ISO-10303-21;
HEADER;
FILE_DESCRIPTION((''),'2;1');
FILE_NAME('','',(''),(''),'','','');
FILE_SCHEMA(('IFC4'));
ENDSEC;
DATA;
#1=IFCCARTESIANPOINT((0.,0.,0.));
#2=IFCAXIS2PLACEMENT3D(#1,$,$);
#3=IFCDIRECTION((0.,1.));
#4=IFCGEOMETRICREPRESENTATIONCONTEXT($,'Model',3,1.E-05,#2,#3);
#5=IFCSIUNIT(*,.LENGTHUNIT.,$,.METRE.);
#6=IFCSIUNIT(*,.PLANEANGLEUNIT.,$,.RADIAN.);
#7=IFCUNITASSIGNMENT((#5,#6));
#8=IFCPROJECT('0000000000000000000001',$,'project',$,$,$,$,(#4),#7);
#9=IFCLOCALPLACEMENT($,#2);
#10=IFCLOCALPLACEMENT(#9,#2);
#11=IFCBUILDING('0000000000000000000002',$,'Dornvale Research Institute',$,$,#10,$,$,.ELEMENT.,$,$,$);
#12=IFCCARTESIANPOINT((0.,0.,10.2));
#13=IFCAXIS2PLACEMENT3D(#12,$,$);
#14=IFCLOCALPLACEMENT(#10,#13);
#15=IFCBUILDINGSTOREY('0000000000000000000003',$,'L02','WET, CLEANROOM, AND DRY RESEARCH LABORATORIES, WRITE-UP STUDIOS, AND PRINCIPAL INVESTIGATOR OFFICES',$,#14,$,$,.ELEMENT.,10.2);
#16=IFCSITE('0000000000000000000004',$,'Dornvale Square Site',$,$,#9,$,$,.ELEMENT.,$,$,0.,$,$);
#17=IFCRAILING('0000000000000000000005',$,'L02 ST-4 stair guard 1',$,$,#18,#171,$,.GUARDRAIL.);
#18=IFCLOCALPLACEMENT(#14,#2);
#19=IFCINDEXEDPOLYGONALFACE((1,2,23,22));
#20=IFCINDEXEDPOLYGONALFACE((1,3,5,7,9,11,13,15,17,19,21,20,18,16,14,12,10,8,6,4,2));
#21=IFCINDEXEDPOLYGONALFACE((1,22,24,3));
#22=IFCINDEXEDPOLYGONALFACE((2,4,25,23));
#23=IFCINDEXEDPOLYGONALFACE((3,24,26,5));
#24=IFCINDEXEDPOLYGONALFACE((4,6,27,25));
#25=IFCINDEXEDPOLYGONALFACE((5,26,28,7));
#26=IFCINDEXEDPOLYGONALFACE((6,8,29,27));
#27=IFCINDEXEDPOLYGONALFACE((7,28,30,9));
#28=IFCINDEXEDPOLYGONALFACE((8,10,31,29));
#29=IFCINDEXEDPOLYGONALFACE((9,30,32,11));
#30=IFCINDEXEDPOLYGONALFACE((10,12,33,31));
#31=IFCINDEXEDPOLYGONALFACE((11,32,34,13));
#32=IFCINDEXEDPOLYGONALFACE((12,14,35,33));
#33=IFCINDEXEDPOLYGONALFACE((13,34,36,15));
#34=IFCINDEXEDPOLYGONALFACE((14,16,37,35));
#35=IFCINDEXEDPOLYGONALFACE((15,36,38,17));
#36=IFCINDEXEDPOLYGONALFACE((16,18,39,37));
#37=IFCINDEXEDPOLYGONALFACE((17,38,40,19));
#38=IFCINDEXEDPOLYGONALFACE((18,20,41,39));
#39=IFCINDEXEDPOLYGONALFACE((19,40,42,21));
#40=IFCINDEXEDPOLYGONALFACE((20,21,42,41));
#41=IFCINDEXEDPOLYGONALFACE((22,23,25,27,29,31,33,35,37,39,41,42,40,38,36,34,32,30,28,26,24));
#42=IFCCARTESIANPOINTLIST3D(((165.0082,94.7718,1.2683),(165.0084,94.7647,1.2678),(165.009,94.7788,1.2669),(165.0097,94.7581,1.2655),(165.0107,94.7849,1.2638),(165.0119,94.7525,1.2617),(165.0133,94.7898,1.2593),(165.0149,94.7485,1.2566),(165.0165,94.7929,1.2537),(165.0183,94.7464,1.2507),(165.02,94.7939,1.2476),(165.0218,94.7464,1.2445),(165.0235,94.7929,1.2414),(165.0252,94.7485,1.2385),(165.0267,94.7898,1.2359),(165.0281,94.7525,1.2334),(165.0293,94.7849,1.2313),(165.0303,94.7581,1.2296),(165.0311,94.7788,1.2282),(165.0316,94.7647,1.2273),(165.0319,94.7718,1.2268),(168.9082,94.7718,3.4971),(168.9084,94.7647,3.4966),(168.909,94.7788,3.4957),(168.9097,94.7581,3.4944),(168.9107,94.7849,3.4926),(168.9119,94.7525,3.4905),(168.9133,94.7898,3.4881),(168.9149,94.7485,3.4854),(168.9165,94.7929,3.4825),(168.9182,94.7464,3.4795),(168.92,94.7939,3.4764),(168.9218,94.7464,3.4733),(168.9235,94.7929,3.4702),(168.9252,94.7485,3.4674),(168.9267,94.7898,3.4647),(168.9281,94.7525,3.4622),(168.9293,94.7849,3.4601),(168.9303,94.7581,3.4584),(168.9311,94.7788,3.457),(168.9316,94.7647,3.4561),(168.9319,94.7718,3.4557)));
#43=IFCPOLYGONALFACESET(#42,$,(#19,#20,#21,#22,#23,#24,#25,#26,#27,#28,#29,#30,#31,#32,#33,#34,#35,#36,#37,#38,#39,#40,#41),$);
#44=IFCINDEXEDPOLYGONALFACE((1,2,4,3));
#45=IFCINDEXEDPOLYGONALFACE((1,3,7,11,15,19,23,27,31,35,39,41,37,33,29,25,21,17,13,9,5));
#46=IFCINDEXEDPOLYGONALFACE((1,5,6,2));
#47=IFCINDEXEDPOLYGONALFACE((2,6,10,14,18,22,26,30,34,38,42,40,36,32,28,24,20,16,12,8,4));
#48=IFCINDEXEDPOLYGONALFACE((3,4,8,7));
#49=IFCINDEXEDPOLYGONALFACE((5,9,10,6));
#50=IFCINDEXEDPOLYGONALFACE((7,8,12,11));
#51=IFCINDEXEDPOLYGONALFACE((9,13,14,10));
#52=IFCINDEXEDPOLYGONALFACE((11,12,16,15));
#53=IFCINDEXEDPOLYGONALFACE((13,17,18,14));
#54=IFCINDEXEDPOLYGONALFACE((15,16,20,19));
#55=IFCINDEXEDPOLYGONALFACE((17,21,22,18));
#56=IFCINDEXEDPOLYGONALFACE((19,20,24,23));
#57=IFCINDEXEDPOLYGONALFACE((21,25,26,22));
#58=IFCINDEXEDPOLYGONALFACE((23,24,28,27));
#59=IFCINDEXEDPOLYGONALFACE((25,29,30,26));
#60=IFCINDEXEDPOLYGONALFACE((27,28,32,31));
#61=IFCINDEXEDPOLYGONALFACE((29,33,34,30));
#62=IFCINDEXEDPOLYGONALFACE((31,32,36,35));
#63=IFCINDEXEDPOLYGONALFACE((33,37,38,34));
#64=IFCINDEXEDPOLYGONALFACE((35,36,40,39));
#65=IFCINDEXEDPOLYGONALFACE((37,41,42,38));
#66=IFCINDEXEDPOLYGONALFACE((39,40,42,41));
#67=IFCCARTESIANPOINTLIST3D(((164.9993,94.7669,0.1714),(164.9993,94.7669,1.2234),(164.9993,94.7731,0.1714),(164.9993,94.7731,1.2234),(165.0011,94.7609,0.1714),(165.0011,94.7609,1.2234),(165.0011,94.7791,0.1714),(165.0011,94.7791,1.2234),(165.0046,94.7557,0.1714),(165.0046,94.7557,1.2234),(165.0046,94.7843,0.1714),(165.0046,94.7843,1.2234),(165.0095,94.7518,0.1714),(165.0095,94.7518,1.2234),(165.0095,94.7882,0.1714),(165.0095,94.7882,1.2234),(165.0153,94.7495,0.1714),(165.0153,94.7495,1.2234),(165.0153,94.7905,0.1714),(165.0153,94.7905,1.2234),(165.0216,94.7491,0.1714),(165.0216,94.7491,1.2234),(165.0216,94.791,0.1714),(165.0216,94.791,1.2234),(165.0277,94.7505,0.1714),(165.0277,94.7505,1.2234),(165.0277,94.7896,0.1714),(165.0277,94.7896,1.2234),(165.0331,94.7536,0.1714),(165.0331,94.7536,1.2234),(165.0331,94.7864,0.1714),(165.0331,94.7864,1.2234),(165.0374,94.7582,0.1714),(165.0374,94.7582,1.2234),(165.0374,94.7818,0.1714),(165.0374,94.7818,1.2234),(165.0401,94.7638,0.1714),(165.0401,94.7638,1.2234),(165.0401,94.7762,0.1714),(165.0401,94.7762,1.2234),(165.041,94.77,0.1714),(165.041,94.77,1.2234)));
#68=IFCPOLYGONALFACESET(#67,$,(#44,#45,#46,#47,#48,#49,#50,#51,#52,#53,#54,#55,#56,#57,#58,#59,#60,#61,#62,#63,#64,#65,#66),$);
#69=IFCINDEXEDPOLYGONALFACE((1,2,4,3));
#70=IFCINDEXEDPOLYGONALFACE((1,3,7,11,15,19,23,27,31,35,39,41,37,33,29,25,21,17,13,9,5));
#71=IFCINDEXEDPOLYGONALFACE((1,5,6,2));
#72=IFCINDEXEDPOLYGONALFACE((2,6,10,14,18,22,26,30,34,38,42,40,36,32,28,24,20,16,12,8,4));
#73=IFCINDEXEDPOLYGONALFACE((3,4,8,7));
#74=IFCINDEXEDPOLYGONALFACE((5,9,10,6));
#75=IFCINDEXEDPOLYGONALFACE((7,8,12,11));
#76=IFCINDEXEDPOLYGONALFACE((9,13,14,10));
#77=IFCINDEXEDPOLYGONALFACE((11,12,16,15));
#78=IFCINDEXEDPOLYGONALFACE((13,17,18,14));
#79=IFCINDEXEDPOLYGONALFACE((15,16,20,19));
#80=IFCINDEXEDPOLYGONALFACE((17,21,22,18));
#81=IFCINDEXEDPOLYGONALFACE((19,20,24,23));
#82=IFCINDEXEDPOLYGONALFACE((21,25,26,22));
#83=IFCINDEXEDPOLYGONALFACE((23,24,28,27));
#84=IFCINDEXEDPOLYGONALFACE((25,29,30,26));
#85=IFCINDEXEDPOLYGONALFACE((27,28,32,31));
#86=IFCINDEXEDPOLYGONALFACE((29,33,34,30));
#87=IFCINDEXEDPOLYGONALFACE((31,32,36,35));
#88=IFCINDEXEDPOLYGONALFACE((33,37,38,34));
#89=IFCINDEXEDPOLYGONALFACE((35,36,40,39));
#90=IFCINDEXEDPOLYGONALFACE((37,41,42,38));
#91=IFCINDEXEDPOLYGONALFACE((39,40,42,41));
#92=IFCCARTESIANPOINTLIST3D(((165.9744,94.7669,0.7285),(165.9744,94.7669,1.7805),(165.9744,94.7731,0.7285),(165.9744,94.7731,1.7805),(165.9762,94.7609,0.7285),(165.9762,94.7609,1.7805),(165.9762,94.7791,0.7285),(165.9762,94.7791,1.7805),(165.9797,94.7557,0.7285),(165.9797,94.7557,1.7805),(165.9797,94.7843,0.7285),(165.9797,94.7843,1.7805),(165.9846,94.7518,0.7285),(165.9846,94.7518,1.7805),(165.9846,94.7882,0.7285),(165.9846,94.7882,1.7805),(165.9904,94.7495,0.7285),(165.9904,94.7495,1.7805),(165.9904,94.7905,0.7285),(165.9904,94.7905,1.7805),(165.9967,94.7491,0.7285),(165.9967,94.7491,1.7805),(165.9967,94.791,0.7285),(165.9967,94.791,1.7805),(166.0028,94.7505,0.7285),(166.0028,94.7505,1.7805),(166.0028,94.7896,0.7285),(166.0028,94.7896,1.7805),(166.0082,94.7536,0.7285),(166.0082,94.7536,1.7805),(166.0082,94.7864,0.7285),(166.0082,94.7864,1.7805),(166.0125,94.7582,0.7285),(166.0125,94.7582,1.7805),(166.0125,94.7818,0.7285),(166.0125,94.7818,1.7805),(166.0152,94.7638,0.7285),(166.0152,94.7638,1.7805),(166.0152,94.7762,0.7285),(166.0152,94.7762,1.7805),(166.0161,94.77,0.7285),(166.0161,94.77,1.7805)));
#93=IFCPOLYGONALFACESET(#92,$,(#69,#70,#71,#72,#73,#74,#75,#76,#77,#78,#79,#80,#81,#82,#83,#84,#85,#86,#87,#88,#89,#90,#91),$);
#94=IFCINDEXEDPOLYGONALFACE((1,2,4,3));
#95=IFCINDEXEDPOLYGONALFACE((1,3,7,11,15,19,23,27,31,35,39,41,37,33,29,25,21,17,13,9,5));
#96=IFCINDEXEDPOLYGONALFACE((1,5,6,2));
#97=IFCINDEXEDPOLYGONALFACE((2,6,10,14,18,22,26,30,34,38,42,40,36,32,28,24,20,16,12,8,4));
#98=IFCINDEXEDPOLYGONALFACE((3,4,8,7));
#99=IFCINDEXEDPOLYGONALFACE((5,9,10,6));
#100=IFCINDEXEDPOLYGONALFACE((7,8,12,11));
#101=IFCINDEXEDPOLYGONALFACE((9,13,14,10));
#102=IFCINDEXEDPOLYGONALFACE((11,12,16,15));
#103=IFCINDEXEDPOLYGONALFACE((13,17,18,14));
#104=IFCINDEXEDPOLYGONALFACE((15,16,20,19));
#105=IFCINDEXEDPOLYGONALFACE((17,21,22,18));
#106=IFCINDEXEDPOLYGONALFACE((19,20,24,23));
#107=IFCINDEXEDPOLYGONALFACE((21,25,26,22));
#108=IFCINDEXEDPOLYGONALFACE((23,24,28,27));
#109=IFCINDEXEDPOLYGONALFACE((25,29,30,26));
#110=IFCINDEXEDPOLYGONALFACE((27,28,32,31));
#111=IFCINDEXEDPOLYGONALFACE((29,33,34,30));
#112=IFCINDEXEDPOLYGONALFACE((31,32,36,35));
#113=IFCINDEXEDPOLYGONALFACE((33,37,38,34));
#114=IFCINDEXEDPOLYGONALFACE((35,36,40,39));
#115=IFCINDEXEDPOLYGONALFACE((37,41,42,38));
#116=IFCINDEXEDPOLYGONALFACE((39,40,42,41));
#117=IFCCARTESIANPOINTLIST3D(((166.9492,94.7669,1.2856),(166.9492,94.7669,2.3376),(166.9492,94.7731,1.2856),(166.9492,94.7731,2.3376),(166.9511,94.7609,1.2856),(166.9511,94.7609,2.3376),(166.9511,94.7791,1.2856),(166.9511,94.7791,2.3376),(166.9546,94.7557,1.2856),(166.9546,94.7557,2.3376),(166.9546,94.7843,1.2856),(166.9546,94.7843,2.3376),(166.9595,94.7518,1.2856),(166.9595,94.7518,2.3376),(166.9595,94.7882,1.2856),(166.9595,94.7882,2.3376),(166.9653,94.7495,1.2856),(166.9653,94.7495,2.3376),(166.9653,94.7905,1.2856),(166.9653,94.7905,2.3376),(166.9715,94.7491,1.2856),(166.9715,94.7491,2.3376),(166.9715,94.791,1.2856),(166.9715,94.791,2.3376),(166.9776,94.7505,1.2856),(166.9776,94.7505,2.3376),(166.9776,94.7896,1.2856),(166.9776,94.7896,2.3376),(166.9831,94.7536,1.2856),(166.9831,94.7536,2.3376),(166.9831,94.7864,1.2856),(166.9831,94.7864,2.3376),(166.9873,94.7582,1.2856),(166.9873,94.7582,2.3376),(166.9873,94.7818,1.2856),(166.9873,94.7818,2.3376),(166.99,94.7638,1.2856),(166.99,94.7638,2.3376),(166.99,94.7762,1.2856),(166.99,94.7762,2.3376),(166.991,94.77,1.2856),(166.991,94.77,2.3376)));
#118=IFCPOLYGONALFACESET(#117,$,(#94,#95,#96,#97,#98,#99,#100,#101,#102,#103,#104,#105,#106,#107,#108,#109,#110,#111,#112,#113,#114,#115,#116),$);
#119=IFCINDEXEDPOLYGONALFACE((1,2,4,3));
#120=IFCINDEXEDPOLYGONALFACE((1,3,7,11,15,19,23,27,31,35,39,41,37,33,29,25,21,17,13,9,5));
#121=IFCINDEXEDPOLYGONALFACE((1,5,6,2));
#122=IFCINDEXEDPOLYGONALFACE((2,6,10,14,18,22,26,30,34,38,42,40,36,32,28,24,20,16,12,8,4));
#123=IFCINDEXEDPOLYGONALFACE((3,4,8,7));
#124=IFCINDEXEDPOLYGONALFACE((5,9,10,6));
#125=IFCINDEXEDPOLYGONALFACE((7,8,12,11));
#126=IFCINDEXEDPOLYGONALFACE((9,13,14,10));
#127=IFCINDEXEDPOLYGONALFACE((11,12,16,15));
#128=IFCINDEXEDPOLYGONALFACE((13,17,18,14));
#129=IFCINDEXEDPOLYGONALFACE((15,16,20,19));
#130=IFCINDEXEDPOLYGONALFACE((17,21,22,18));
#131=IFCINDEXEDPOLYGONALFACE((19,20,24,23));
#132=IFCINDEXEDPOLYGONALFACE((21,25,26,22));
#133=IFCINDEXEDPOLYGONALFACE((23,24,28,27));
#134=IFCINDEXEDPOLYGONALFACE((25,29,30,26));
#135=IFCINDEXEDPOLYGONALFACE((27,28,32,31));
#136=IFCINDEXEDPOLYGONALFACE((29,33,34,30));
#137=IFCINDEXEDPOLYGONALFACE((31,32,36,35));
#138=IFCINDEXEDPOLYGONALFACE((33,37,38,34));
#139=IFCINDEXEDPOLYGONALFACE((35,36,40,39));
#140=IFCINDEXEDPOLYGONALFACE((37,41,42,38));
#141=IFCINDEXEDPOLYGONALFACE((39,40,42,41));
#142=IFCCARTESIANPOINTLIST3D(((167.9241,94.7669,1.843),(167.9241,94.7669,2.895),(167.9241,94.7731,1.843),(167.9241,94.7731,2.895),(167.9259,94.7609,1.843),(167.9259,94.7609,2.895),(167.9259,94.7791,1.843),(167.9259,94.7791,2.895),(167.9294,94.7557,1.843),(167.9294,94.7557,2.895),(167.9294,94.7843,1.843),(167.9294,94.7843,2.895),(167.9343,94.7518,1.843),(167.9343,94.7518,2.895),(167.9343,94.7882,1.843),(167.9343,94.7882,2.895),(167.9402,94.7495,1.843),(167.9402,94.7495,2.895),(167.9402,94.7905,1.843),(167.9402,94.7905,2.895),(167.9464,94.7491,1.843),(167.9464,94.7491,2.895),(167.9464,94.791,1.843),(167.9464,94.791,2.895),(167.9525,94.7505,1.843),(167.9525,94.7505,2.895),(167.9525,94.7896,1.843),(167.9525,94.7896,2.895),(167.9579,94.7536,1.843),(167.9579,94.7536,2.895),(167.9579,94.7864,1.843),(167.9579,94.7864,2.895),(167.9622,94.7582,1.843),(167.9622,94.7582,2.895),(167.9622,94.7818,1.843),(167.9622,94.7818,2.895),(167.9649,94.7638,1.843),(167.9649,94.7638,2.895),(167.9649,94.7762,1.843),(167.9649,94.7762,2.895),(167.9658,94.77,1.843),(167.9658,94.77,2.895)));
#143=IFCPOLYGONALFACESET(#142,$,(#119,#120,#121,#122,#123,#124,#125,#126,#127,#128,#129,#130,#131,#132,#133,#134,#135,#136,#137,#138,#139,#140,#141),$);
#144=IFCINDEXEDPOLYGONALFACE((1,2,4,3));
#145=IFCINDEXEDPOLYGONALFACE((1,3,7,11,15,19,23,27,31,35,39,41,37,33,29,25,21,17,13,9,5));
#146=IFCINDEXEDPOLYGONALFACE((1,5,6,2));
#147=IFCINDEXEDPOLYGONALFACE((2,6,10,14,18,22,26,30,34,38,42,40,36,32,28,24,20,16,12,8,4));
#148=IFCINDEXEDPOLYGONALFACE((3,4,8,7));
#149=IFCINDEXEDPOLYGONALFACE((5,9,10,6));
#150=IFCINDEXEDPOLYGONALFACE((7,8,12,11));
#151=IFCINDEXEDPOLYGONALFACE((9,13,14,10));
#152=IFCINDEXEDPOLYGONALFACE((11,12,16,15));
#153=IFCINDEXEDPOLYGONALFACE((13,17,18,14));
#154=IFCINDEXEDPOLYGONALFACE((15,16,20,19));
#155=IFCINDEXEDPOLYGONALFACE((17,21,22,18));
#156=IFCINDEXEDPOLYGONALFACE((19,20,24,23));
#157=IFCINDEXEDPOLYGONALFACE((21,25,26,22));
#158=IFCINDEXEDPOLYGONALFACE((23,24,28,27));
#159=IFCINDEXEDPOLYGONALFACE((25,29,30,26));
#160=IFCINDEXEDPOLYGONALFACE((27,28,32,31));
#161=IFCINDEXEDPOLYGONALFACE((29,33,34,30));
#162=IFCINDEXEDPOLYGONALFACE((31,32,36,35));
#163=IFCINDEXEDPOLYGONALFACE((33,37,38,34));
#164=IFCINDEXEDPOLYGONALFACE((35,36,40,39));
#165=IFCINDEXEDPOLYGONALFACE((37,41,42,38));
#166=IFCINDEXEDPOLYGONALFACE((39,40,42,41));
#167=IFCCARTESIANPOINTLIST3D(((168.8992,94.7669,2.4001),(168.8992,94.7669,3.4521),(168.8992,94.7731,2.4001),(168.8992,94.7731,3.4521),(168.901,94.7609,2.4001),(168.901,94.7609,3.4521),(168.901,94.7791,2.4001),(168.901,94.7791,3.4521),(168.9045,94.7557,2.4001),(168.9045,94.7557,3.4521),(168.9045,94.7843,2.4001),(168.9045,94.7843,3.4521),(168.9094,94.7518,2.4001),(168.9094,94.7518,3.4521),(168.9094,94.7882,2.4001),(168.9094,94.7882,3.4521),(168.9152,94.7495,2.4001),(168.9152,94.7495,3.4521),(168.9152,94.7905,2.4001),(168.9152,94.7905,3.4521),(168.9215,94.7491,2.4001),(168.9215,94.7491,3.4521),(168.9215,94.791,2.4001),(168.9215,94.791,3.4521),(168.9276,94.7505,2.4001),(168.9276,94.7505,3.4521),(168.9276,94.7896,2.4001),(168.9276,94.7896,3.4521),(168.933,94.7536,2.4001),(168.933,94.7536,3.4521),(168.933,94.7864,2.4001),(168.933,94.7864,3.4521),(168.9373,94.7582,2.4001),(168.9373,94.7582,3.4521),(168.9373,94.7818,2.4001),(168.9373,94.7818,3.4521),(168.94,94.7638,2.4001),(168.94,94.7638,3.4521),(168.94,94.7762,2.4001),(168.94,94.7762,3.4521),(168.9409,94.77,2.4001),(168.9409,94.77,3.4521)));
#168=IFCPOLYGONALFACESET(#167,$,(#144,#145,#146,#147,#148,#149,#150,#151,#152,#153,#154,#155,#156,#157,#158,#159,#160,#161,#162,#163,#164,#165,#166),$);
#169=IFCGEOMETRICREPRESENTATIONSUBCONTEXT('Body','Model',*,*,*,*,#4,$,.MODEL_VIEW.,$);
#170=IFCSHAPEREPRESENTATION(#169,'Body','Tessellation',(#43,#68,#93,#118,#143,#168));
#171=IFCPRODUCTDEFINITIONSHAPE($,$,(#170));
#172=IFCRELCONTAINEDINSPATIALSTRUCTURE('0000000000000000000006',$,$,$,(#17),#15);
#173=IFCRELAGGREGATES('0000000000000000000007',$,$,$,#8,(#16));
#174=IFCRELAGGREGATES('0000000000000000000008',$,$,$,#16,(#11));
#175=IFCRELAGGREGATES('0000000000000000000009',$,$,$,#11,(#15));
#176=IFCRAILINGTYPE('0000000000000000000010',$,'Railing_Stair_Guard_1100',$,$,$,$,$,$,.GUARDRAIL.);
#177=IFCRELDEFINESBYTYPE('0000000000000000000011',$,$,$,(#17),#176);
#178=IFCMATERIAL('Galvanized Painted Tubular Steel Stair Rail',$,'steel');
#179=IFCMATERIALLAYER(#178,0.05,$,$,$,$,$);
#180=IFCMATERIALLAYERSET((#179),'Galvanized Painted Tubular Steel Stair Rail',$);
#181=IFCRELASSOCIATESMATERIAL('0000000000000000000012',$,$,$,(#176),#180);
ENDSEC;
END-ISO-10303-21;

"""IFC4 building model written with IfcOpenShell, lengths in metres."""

from ifc_helpers import new_model, si_unit, direction, frame, origin, origin_2d, place, context, subcontext, project, spatial, circle, extrude, material, layer, layer_set, type_object, element, save


model = new_model("IFC4")

# Units and contexts
model_context = context("Model", 3, precision=1e-05, world=origin(), true_north=direction((0.0, 1.0)))
body_context = subcontext(model_context, "Body", "Model", "MODEL_VIEW")
ifc_project = project(units=[si_unit("LENGTHUNIT", "METRE"), si_unit("PLANEANGLEUNIT", "RADIAN")], contexts=[model_context])

# Site, building, storey
site_placement = place(None, origin())
site = spatial("IfcSite", under=ifc_project, at=site_placement, Name="Dornvale Square Site", CompositionType="ELEMENT", RefElevation=0.0)
building_placement = place(site_placement, origin())
building = spatial("IfcBuilding", under=site, at=building_placement, Name="Dornvale Research Institute", CompositionType="ELEMENT")
storey_placement = place(building_placement, frame((0.0, 0.0, 10.2)))
storey = spatial("IfcBuildingStorey", under=building, at=storey_placement, Name="L02", Description="WET, CLEANROOM, AND DRY RESEARCH LABORATORIES, WRITE-UP STUDIOS, AND PRINCIPAL INVESTIGATOR OFFICES", CompositionType="ELEMENT", Elevation=10.2)

# Railing
ifc_material_1 = material(Name="Galvanized Painted Tubular Steel Stair Rail", Category="steel")
ifc_layer_1 = layer(ifc_material_1, 0.05)
ifc_layer_set_1 = layer_set([ifc_layer_1], Name="Galvanized Painted Tubular Steel Stair Rail")
railing_type_1 = type_object("IfcRailingType", Name="Railing_Stair_Guard_1100", PredefinedType="GUARDRAIL", material=ifc_layer_set_1)
railing_1_placement = place(storey_placement, frame((165.02, 94.77, 0.1714)))
element("IfcRailing", 1, at=railing_1_placement, inside=storey, type_object=railing_type_1, Name="L02 ST-4 stair guard 1", PredefinedType="GUARDRAIL", context=body_context, shape_type="SweptSolid", body=[
    extrude(circle(Radius=0.0239, at=origin_2d()), frame((0.0, 0.0, 1.0762), z_axis=(0.86822, 0.0, 0.49618), x_axis=(0.0, 1.0, 0.0)), (0.0, 0.0, 1.0), 4.4919),
    extrude(circle(Radius=0.021, at=origin_2d()), origin(), (0.0, 0.0, 1.0), 1.052),
    extrude(circle(Radius=0.021, at=origin_2d()), frame((0.9751, 0.0, 0.5571)), (0.0, 0.0, 1.0), 1.052),
    extrude(circle(Radius=0.021, at=origin_2d()), frame((1.95, 0.0, 1.1143)), (0.0, 0.0, 1.0), 1.052),
    extrude(circle(Radius=0.021, at=origin_2d()), frame((2.9248, 0.0, 1.6716)), (0.0, 0.0, 1.0), 1.052),
    extrude(circle(Radius=0.021, at=origin_2d()), frame((3.8999, 0.0, 2.2288)), (0.0, 0.0, 1.0), 1.052),
])

save(model, "model.ifc")
